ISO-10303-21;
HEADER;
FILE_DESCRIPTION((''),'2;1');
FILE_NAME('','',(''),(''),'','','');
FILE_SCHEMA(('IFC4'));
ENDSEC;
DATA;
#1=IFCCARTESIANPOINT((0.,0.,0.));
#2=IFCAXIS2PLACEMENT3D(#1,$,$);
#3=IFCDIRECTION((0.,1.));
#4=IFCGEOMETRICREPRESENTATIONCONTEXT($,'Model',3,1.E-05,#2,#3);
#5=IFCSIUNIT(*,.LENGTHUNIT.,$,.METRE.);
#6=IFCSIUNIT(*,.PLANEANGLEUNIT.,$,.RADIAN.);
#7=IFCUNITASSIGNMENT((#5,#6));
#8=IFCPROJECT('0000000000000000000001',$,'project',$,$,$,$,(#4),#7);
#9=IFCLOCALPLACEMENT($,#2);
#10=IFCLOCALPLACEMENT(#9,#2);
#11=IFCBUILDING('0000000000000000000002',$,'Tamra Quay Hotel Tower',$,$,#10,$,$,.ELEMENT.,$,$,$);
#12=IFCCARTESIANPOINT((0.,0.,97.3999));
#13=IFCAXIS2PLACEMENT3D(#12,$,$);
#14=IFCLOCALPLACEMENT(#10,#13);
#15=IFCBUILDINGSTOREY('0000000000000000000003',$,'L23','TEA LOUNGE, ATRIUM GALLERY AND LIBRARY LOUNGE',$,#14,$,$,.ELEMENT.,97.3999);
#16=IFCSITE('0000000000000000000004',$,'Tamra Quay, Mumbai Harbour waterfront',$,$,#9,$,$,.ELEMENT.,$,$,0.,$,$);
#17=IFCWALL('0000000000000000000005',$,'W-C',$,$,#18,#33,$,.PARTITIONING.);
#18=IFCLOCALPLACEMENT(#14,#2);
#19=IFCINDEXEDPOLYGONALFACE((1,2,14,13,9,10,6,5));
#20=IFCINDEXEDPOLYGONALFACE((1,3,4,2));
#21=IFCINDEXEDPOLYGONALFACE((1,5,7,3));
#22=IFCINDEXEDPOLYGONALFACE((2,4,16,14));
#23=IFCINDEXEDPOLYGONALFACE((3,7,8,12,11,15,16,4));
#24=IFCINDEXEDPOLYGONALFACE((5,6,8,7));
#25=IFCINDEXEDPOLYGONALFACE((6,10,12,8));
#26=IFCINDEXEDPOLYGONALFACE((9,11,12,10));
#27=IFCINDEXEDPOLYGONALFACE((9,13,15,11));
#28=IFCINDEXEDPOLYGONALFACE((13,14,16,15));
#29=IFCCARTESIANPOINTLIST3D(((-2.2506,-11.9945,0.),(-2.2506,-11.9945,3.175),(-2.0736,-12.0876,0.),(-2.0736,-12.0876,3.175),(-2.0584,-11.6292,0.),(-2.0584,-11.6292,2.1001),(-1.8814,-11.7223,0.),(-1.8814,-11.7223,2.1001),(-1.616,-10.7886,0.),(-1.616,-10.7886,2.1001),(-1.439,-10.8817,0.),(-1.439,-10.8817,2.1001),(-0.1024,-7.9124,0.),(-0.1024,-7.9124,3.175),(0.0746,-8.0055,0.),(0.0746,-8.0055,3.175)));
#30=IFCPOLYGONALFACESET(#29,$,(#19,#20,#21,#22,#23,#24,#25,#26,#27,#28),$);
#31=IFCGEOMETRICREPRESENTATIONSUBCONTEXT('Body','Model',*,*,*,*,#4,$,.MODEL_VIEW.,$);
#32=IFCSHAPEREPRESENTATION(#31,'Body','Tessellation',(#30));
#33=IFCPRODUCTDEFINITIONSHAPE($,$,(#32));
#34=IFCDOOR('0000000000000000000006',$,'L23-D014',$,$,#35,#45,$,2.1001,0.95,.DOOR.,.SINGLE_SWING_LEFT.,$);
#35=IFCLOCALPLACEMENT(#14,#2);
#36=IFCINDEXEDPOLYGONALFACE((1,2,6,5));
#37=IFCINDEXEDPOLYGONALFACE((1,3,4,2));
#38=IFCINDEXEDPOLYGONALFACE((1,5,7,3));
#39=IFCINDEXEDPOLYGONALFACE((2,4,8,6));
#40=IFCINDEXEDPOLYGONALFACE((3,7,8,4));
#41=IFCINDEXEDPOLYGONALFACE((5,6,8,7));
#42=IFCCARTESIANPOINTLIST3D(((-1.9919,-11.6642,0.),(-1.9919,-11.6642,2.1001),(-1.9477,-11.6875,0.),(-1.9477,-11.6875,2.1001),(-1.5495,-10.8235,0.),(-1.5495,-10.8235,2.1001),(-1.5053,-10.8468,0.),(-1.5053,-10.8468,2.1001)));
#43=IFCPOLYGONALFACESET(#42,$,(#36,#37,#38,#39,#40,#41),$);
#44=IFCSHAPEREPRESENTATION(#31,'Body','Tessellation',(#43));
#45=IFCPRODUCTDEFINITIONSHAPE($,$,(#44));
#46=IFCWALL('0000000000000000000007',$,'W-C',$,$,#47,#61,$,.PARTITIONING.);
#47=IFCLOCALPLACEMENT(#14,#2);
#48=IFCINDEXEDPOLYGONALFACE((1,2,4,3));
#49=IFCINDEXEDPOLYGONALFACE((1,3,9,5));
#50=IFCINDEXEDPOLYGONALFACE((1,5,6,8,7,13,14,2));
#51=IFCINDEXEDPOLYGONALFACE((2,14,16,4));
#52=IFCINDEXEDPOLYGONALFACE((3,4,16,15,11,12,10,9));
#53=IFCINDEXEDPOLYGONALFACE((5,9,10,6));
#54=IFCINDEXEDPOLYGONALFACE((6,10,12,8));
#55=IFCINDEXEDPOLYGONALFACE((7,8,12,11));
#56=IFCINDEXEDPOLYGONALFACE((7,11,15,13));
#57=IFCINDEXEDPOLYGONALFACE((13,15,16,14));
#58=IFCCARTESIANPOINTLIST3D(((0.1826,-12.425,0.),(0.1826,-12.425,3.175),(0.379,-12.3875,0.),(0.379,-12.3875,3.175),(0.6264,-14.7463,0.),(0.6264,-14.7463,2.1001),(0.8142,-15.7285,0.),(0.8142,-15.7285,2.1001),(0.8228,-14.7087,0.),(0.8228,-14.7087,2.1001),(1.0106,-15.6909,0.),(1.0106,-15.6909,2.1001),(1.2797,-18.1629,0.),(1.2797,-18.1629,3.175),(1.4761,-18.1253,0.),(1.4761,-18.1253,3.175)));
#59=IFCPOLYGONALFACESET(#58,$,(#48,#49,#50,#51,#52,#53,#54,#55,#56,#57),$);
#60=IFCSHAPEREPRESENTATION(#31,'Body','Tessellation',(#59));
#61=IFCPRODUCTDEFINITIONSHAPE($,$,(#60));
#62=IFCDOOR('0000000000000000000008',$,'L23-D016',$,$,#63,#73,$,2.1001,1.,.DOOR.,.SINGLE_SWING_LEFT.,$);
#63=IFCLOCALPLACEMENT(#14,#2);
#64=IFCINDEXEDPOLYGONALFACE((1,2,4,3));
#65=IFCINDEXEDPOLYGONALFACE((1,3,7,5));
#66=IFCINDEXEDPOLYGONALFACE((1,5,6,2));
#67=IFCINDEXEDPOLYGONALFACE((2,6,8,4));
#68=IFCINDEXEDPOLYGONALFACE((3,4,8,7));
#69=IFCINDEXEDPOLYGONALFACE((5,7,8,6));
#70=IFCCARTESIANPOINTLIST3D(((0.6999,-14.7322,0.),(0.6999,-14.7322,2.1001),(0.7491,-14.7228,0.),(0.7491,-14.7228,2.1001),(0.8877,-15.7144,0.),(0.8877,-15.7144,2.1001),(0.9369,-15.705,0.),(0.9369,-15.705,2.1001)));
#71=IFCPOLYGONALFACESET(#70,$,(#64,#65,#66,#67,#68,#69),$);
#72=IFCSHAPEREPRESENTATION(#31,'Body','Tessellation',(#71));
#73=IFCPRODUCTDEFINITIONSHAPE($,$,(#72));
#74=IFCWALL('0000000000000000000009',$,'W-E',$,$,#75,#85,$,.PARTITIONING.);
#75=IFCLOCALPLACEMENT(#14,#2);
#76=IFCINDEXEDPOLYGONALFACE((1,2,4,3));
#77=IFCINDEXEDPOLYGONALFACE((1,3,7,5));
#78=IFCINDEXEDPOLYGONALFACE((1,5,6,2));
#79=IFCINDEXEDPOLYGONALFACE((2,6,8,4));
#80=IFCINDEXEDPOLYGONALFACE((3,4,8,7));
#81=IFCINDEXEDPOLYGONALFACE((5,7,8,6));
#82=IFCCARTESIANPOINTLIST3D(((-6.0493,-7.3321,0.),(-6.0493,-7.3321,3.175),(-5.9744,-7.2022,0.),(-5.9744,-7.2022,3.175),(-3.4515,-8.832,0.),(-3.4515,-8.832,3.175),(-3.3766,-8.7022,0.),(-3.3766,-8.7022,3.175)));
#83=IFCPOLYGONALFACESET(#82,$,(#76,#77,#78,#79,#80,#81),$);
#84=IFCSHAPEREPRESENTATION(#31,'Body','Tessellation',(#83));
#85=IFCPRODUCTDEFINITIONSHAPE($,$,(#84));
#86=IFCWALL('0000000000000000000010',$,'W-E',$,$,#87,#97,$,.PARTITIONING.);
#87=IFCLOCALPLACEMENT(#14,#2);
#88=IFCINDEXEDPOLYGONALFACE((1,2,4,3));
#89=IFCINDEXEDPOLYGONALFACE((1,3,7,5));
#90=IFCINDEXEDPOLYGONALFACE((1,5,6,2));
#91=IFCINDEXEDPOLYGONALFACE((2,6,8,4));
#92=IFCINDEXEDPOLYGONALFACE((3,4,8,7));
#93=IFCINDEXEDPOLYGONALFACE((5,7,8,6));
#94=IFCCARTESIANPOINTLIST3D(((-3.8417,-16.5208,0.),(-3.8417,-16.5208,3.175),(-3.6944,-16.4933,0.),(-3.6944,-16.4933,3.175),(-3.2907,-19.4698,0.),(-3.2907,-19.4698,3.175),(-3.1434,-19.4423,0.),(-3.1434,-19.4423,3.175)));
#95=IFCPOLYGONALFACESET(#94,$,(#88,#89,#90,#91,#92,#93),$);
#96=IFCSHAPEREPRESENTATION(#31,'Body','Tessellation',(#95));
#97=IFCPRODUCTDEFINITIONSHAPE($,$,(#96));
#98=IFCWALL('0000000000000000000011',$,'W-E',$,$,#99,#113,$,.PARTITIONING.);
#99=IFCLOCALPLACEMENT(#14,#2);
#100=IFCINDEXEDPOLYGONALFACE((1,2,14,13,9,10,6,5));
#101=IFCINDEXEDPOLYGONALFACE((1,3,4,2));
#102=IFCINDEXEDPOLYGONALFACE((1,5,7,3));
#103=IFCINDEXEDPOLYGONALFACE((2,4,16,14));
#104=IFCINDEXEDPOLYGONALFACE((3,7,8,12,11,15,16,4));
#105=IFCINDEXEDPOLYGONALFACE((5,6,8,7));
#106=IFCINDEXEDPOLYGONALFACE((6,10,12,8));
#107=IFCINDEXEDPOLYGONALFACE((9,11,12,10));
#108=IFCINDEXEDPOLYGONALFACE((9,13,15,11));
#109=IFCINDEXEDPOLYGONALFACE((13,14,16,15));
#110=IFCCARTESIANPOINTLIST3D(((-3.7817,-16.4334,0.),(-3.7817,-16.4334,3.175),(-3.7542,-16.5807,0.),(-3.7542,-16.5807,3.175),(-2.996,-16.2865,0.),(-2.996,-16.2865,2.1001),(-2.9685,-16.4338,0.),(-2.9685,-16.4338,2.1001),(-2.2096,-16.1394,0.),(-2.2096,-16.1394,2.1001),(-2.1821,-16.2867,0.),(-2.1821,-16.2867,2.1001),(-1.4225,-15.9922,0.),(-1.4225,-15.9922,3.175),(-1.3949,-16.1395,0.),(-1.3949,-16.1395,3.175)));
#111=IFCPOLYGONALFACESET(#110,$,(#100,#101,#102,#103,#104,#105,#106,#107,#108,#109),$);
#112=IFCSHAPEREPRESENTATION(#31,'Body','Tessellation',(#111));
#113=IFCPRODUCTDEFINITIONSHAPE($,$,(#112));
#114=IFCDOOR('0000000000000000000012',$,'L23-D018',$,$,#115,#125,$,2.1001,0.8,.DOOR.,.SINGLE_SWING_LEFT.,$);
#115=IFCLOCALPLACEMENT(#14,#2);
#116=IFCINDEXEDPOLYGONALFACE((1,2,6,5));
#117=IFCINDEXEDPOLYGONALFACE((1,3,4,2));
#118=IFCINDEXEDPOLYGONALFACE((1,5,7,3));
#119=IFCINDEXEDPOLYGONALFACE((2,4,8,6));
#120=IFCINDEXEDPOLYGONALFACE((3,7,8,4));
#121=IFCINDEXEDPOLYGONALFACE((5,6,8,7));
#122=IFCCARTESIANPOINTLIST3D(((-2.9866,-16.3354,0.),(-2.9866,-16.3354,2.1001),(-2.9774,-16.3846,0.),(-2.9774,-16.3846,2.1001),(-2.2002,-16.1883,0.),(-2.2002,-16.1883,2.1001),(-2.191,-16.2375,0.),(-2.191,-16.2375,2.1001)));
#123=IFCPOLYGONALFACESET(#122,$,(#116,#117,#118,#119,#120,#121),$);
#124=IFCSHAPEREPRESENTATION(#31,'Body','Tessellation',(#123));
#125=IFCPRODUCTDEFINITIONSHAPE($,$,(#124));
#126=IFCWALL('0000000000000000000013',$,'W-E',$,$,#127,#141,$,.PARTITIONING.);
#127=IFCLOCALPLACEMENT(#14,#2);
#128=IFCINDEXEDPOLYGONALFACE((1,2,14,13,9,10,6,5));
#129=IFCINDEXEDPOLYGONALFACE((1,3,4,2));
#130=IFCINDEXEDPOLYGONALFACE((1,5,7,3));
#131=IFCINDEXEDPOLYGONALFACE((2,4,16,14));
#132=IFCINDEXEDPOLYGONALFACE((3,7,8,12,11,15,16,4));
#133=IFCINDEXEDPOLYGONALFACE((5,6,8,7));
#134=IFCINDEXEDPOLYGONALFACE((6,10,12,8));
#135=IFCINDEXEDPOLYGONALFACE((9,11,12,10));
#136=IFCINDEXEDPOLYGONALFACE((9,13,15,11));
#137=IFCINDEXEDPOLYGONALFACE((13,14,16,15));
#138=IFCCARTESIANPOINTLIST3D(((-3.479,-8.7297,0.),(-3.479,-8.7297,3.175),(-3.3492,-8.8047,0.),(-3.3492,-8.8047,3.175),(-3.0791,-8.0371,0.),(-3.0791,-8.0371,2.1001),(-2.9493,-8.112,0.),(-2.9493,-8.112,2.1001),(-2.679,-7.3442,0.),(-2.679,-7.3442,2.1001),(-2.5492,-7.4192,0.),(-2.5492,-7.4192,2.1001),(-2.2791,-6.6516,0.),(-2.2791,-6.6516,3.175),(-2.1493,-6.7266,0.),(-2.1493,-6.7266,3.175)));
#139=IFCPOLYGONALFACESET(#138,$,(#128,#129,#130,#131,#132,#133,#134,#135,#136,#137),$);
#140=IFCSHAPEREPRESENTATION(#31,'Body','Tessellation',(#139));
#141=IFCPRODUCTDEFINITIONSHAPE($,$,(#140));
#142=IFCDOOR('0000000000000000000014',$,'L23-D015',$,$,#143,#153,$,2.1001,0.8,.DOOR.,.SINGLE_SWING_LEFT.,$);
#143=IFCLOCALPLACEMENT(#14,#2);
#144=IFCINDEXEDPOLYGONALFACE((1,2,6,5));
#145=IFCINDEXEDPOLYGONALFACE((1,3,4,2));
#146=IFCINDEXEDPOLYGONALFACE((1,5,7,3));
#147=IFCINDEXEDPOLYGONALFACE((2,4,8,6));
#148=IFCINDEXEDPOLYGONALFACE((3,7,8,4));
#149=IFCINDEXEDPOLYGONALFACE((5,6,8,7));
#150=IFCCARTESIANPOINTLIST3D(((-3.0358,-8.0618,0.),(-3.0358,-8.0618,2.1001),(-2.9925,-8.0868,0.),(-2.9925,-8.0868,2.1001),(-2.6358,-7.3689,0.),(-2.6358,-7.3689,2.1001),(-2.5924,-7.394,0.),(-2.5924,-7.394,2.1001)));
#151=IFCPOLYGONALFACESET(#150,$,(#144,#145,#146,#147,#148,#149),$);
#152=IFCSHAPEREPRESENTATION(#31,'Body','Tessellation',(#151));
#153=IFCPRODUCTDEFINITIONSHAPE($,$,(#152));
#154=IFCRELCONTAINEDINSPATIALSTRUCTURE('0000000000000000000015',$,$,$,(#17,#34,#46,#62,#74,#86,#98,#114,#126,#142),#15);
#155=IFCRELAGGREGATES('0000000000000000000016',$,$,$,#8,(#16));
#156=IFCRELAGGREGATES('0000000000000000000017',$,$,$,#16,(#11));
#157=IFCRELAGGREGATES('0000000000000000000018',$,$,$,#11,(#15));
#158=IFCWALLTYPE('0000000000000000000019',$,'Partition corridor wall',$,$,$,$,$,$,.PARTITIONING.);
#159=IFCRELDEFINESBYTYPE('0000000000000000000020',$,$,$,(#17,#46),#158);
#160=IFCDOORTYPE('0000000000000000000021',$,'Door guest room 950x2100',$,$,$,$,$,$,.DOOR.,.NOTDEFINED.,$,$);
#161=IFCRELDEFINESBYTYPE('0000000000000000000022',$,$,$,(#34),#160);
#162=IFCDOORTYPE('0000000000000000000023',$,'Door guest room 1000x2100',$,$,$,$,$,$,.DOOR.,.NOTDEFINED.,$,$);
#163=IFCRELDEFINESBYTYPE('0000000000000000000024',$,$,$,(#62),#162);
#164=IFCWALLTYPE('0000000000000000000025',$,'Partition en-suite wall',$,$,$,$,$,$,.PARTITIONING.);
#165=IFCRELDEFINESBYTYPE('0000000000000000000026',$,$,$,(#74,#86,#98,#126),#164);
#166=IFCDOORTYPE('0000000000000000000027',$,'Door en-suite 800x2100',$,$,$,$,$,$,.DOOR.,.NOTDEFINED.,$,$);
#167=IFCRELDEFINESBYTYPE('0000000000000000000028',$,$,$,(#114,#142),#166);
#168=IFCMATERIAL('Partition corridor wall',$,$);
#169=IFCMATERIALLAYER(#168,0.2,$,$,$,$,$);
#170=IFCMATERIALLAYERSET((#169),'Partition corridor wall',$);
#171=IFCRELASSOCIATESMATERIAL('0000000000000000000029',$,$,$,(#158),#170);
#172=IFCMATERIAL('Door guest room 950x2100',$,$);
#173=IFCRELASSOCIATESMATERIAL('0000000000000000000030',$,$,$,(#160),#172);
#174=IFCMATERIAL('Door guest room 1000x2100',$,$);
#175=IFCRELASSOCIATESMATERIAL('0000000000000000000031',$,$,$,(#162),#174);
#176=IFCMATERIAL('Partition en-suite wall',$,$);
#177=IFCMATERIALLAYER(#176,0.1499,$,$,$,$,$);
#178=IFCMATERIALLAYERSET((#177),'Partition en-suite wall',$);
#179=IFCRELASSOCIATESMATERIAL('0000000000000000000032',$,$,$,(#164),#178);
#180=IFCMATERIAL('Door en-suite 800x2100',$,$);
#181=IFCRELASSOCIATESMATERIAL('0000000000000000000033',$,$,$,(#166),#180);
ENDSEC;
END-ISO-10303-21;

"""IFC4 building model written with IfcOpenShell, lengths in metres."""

from ifc_helpers import new_model, si_unit, direction, frame, frame_2d, origin, place, context, subcontext, project, spatial, rectangle, extrude, material, layer, layer_set, type_object, element, fill, save


model = new_model("IFC4")

# Units and contexts
model_context = context("Model", 3, precision=1e-05, world=origin(), true_north=direction((0.0, 1.0)))
body_context = subcontext(model_context, "Body", "Model", "MODEL_VIEW")
ifc_project = project(units=[si_unit("LENGTHUNIT", "METRE"), si_unit("PLANEANGLEUNIT", "RADIAN")], contexts=[model_context])

# Site, building, storey
site_placement = place(None, origin())
site = spatial("IfcSite", under=ifc_project, at=site_placement, Name="Tamra Quay, Mumbai Harbour waterfront", CompositionType="ELEMENT", RefElevation=0.0)
building_placement = place(site_placement, origin())
building = spatial("IfcBuilding", under=site, at=building_placement, Name="Tamra Quay Hotel Tower", CompositionType="ELEMENT")
storey_placement = place(building_placement, frame((0.0, 0.0, 97.3999)))
storey = spatial("IfcBuildingStorey", under=building, at=storey_placement, Name="L23", Description="TEA LOUNGE, ATRIUM GALLERY AND LIBRARY LOUNGE", CompositionType="ELEMENT", Elevation=97.3999)

# Shared definitions
ifc_material_1 = material(Name="Partition corridor wall")
ifc_layer_1 = layer(ifc_material_1, 0.2)
ifc_layer_set_1 = layer_set([ifc_layer_1], Name="Partition corridor wall")
wall_type_1 = type_object("IfcWallType", Name="Partition corridor wall", PredefinedType="PARTITIONING", material=ifc_layer_set_1)

# Walls, openings, doors
wall_1_placement = place(storey_placement, frame((-2.1621, -12.041, 0.0), z_axis=(0.0, 0.0, 1.0), x_axis=(0.465705, 0.88494, 0.0)))
wall_1 = element("IfcWall", 1, at=wall_1_placement, inside=storey, type_object=wall_type_1, Name="W-C", PredefinedType="PARTITIONING", context=body_context, shape_type="SweptSolid", body=[
    extrude(rectangle(XDim=4.6128, YDim=0.2, at=frame_2d((2.3064, 0.0))), origin(), (0.0, 0.0, 1.0), 3.175),
])
opening_1_placement = place(wall_1_placement, frame((0.4126, 0.0, 0.0)))
opening_1 = element("IfcOpeningElement", 2, at=opening_1_placement, cuts=wall_1, PredefinedType="OPENING", context=body_context, shape_type="SweptSolid", body=[
    extrude(rectangle(XDim=0.95, YDim=2.1001, at=frame_2d((0.4751, 1.05))), frame((0.0, 0.1099, 0.0), z_axis=(0.0, -1.0, 0.0), x_axis=(1.0, 0.0, 0.0)), (0.0, 0.0, 1.0), 0.22),
])
ifc_material_2 = material(Name="Door guest room 950x2100")
door_type_1 = type_object("IfcDoorType", Name="Door guest room 950x2100", OperationType="NOTDEFINED", PredefinedType="DOOR", material=ifc_material_2)
door_1_placement = place(opening_1_placement, origin())
door_1 = element("IfcDoor", 3, at=door_1_placement, inside=storey, type_object=door_type_1, Name="L23-D014", OperationType="SINGLE_SWING_LEFT", OverallHeight=2.1001, OverallWidth=0.95, PredefinedType="DOOR", context=body_context, shape_type="SweptSolid", body=[
    extrude(rectangle(XDim=0.95, YDim=2.1001, at=frame_2d((0.4751, 1.05))), frame((0.0, 0.0249, 0.0), z_axis=(0.0, -1.0, 0.0), x_axis=(1.0, 0.0, 0.0)), (0.0, 0.0, 1.0), 0.05),
])
fill(opening_1, door_1)
wall_2_placement = place(storey_placement, frame((0.2808, -12.4062, 0.0), z_axis=(0.0, 0.0, 1.0), x_axis=(0.187815, -0.982204, 0.0)))
wall_2 = element("IfcWall", 4, at=wall_2_placement, inside=storey, type_object=wall_type_1, Name="W-C", PredefinedType="PARTITIONING", context=body_context, shape_type="SweptSolid", body=[
    extrude(rectangle(XDim=5.8418, YDim=0.2, at=frame_2d((2.9209, 0.0))), origin(), (0.0, 0.0, 1.0), 3.175),
])
opening_2_placement = place(wall_2_placement, frame((2.3633, 0.0, 0.0)))
opening_2 = element("IfcOpeningElement", 5, at=opening_2_placement, cuts=wall_2, PredefinedType="OPENING", context=body_context, shape_type="SweptSolid", body=[
    extrude(rectangle(XDim=1.0, YDim=2.1001, at=frame_2d((0.5, 1.05))), frame((0.0, 0.1099, 0.0), z_axis=(0.0, -1.0, 0.0), x_axis=(1.0, 0.0, 0.0)), (0.0, 0.0, 1.0), 0.22),
])
ifc_material_3 = material(Name="Door guest room 1000x2100")
door_type_2 = type_object("IfcDoorType", Name="Door guest room 1000x2100", OperationType="NOTDEFINED", PredefinedType="DOOR", material=ifc_material_3)
door_2_placement = place(opening_2_placement, origin())
door_2 = element("IfcDoor", 6, at=door_2_placement, inside=storey, type_object=door_type_2, Name="L23-D016", OperationType="SINGLE_SWING_LEFT", OverallHeight=2.1001, OverallWidth=1.0, PredefinedType="DOOR", context=body_context, shape_type="SweptSolid", body=[
    extrude(rectangle(XDim=1.0, YDim=2.1001, at=frame_2d((0.5, 1.05))), frame((0.0, 0.0249, 0.0), z_axis=(0.0, -1.0, 0.0), x_axis=(1.0, 0.0, 0.0)), (0.0, 0.0, 1.0), 0.05),
])
fill(opening_2, door_2)

# Walls
ifc_material_4 = material(Name="Partition en-suite wall")
ifc_layer_2 = layer(ifc_material_4, 0.1499)
ifc_layer_set_2 = layer_set([ifc_layer_2], Name="Partition en-suite wall")
wall_type_2 = type_object("IfcWallType", Name="Partition en-suite wall", PredefinedType="PARTITIONING", material=ifc_layer_set_2)
wall_3_placement = place(storey_placement, frame((-6.012, -7.2671, 0.0), z_axis=(0.0, 0.0, 1.0), x_axis=(0.866011, -0.500025, 0.0)))
element("IfcWall", 7, at=wall_3_placement, inside=storey, type_object=wall_type_2, Name="W-E", PredefinedType="PARTITIONING", context=body_context, shape_type="SweptSolid", body=[
    extrude(rectangle(XDim=2.9998, YDim=0.1499, at=frame_2d((1.5, 0.0))), origin(), (0.0, 0.0, 1.0), 3.175),
])
wall_4_placement = place(storey_placement, frame((-3.7681, -16.5071, 0.0), z_axis=(0.0, 0.0, 1.0), x_axis=(0.183674, -0.982987, 0.0)))
element("IfcWall", 8, at=wall_4_placement, inside=storey, type_object=wall_type_2, Name="W-E", PredefinedType="PARTITIONING", context=body_context, shape_type="SweptSolid", body=[
    extrude(rectangle(XDim=3.0, YDim=0.1499, at=frame_2d((1.5, 0.0))), origin(), (0.0, 0.0, 1.0), 3.175),
])

# Walls, openings, doors
wall_5_placement = place(storey_placement, frame((-3.7681, -16.5071, 0.0), z_axis=(0.0, 0.0, 1.0), x_axis=(0.982961, 0.183816, 0.0)))
wall_5 = element("IfcWall", 9, at=wall_5_placement, inside=storey, type_object=wall_type_2, Name="W-E", PredefinedType="PARTITIONING", context=body_context, shape_type="SweptSolid", body=[
    extrude(rectangle(XDim=2.4001, YDim=0.1499, at=frame_2d((1.2002, 0.0))), origin(), (0.0, 0.0, 1.0), 3.175),
])
opening_3_placement = place(wall_5_placement, frame((0.7996, 0.0, 0.0)))
opening_3 = element("IfcOpeningElement", 10, at=opening_3_placement, cuts=wall_5, PredefinedType="OPENING", context=body_context, shape_type="SweptSolid", body=[
    extrude(rectangle(XDim=0.8, YDim=2.1001, at=frame_2d((0.3999, 1.05))), frame((0.0, 0.085, 0.0), z_axis=(0.0, -1.0, 0.0), x_axis=(1.0, 0.0, 0.0)), (0.0, 0.0, 1.0), 0.1699),
])
ifc_material_5 = material(Name="Door en-suite 800x2100")
door_type_3 = type_object("IfcDoorType", Name="Door en-suite 800x2100", OperationType="NOTDEFINED", PredefinedType="DOOR", material=ifc_material_5)
door_3_placement = place(opening_3_placement, frame((0.8, 0.0, 0.0), z_axis=(0.0, 0.0, 1.0), x_axis=(-1.0, 0.0, 0.0)))
door_3 = element("IfcDoor", 11, at=door_3_placement, inside=storey, type_object=door_type_3, Name="L23-D018", OperationType="SINGLE_SWING_LEFT", OverallHeight=2.1001, OverallWidth=0.8, PredefinedType="DOOR", context=body_context, shape_type="SweptSolid", body=[
    extrude(rectangle(XDim=0.8, YDim=2.1001, at=frame_2d((0.3999, 1.05))), frame((0.0, 0.0249, 0.0), z_axis=(0.0, -1.0, 0.0), x_axis=(1.0, 0.0, 0.0)), (0.0, 0.0, 1.0), 0.05),
])
fill(opening_3, door_3)
wall_6_placement = place(storey_placement, frame((-3.4141, -8.7671, 0.0), z_axis=(0.0, 0.0, 1.0), x_axis=(0.500045, 0.865999, 0.0)))
wall_6 = element("IfcWall", 12, at=wall_6_placement, inside=storey, type_object=wall_type_2, Name="W-E", PredefinedType="PARTITIONING", context=body_context, shape_type="SweptSolid", body=[
    extrude(rectangle(XDim=2.3997, YDim=0.1499, at=frame_2d((1.1997, 0.0))), origin(), (0.0, 0.0, 1.0), 3.175),
])
opening_4_placement = place(wall_6_placement, frame((0.7998, 0.0, 0.0)))
opening_4 = element("IfcOpeningElement", 13, at=opening_4_placement, cuts=wall_6, PredefinedType="OPENING", context=body_context, shape_type="SweptSolid", body=[
    extrude(rectangle(XDim=0.8, YDim=2.1001, at=frame_2d((0.3999, 1.05))), frame((0.0, 0.085, 0.0), z_axis=(0.0, -1.0, 0.0), x_axis=(1.0, 0.0, 0.0)), (0.0, 0.0, 1.0), 0.1699),
])
door_4_placement = place(opening_4_placement, frame((0.8, 0.0, 0.0), z_axis=(0.0, 0.0, 1.0), x_axis=(-1.0, 0.0, 0.0)))
door_4 = element("IfcDoor", 14, at=door_4_placement, inside=storey, type_object=door_type_3, Name="L23-D015", OperationType="SINGLE_SWING_LEFT", OverallHeight=2.1001, OverallWidth=0.8, PredefinedType="DOOR", context=body_context, shape_type="SweptSolid", body=[
    extrude(rectangle(XDim=0.8, YDim=2.1001, at=frame_2d((0.3999, 1.05))), frame((0.0, 0.0249, 0.0), z_axis=(0.0, -1.0, 0.0), x_axis=(1.0, 0.0, 0.0)), (0.0, 0.0, 1.0), 0.05),
])
fill(opening_4, door_4)

save(model, "model.ifc")
